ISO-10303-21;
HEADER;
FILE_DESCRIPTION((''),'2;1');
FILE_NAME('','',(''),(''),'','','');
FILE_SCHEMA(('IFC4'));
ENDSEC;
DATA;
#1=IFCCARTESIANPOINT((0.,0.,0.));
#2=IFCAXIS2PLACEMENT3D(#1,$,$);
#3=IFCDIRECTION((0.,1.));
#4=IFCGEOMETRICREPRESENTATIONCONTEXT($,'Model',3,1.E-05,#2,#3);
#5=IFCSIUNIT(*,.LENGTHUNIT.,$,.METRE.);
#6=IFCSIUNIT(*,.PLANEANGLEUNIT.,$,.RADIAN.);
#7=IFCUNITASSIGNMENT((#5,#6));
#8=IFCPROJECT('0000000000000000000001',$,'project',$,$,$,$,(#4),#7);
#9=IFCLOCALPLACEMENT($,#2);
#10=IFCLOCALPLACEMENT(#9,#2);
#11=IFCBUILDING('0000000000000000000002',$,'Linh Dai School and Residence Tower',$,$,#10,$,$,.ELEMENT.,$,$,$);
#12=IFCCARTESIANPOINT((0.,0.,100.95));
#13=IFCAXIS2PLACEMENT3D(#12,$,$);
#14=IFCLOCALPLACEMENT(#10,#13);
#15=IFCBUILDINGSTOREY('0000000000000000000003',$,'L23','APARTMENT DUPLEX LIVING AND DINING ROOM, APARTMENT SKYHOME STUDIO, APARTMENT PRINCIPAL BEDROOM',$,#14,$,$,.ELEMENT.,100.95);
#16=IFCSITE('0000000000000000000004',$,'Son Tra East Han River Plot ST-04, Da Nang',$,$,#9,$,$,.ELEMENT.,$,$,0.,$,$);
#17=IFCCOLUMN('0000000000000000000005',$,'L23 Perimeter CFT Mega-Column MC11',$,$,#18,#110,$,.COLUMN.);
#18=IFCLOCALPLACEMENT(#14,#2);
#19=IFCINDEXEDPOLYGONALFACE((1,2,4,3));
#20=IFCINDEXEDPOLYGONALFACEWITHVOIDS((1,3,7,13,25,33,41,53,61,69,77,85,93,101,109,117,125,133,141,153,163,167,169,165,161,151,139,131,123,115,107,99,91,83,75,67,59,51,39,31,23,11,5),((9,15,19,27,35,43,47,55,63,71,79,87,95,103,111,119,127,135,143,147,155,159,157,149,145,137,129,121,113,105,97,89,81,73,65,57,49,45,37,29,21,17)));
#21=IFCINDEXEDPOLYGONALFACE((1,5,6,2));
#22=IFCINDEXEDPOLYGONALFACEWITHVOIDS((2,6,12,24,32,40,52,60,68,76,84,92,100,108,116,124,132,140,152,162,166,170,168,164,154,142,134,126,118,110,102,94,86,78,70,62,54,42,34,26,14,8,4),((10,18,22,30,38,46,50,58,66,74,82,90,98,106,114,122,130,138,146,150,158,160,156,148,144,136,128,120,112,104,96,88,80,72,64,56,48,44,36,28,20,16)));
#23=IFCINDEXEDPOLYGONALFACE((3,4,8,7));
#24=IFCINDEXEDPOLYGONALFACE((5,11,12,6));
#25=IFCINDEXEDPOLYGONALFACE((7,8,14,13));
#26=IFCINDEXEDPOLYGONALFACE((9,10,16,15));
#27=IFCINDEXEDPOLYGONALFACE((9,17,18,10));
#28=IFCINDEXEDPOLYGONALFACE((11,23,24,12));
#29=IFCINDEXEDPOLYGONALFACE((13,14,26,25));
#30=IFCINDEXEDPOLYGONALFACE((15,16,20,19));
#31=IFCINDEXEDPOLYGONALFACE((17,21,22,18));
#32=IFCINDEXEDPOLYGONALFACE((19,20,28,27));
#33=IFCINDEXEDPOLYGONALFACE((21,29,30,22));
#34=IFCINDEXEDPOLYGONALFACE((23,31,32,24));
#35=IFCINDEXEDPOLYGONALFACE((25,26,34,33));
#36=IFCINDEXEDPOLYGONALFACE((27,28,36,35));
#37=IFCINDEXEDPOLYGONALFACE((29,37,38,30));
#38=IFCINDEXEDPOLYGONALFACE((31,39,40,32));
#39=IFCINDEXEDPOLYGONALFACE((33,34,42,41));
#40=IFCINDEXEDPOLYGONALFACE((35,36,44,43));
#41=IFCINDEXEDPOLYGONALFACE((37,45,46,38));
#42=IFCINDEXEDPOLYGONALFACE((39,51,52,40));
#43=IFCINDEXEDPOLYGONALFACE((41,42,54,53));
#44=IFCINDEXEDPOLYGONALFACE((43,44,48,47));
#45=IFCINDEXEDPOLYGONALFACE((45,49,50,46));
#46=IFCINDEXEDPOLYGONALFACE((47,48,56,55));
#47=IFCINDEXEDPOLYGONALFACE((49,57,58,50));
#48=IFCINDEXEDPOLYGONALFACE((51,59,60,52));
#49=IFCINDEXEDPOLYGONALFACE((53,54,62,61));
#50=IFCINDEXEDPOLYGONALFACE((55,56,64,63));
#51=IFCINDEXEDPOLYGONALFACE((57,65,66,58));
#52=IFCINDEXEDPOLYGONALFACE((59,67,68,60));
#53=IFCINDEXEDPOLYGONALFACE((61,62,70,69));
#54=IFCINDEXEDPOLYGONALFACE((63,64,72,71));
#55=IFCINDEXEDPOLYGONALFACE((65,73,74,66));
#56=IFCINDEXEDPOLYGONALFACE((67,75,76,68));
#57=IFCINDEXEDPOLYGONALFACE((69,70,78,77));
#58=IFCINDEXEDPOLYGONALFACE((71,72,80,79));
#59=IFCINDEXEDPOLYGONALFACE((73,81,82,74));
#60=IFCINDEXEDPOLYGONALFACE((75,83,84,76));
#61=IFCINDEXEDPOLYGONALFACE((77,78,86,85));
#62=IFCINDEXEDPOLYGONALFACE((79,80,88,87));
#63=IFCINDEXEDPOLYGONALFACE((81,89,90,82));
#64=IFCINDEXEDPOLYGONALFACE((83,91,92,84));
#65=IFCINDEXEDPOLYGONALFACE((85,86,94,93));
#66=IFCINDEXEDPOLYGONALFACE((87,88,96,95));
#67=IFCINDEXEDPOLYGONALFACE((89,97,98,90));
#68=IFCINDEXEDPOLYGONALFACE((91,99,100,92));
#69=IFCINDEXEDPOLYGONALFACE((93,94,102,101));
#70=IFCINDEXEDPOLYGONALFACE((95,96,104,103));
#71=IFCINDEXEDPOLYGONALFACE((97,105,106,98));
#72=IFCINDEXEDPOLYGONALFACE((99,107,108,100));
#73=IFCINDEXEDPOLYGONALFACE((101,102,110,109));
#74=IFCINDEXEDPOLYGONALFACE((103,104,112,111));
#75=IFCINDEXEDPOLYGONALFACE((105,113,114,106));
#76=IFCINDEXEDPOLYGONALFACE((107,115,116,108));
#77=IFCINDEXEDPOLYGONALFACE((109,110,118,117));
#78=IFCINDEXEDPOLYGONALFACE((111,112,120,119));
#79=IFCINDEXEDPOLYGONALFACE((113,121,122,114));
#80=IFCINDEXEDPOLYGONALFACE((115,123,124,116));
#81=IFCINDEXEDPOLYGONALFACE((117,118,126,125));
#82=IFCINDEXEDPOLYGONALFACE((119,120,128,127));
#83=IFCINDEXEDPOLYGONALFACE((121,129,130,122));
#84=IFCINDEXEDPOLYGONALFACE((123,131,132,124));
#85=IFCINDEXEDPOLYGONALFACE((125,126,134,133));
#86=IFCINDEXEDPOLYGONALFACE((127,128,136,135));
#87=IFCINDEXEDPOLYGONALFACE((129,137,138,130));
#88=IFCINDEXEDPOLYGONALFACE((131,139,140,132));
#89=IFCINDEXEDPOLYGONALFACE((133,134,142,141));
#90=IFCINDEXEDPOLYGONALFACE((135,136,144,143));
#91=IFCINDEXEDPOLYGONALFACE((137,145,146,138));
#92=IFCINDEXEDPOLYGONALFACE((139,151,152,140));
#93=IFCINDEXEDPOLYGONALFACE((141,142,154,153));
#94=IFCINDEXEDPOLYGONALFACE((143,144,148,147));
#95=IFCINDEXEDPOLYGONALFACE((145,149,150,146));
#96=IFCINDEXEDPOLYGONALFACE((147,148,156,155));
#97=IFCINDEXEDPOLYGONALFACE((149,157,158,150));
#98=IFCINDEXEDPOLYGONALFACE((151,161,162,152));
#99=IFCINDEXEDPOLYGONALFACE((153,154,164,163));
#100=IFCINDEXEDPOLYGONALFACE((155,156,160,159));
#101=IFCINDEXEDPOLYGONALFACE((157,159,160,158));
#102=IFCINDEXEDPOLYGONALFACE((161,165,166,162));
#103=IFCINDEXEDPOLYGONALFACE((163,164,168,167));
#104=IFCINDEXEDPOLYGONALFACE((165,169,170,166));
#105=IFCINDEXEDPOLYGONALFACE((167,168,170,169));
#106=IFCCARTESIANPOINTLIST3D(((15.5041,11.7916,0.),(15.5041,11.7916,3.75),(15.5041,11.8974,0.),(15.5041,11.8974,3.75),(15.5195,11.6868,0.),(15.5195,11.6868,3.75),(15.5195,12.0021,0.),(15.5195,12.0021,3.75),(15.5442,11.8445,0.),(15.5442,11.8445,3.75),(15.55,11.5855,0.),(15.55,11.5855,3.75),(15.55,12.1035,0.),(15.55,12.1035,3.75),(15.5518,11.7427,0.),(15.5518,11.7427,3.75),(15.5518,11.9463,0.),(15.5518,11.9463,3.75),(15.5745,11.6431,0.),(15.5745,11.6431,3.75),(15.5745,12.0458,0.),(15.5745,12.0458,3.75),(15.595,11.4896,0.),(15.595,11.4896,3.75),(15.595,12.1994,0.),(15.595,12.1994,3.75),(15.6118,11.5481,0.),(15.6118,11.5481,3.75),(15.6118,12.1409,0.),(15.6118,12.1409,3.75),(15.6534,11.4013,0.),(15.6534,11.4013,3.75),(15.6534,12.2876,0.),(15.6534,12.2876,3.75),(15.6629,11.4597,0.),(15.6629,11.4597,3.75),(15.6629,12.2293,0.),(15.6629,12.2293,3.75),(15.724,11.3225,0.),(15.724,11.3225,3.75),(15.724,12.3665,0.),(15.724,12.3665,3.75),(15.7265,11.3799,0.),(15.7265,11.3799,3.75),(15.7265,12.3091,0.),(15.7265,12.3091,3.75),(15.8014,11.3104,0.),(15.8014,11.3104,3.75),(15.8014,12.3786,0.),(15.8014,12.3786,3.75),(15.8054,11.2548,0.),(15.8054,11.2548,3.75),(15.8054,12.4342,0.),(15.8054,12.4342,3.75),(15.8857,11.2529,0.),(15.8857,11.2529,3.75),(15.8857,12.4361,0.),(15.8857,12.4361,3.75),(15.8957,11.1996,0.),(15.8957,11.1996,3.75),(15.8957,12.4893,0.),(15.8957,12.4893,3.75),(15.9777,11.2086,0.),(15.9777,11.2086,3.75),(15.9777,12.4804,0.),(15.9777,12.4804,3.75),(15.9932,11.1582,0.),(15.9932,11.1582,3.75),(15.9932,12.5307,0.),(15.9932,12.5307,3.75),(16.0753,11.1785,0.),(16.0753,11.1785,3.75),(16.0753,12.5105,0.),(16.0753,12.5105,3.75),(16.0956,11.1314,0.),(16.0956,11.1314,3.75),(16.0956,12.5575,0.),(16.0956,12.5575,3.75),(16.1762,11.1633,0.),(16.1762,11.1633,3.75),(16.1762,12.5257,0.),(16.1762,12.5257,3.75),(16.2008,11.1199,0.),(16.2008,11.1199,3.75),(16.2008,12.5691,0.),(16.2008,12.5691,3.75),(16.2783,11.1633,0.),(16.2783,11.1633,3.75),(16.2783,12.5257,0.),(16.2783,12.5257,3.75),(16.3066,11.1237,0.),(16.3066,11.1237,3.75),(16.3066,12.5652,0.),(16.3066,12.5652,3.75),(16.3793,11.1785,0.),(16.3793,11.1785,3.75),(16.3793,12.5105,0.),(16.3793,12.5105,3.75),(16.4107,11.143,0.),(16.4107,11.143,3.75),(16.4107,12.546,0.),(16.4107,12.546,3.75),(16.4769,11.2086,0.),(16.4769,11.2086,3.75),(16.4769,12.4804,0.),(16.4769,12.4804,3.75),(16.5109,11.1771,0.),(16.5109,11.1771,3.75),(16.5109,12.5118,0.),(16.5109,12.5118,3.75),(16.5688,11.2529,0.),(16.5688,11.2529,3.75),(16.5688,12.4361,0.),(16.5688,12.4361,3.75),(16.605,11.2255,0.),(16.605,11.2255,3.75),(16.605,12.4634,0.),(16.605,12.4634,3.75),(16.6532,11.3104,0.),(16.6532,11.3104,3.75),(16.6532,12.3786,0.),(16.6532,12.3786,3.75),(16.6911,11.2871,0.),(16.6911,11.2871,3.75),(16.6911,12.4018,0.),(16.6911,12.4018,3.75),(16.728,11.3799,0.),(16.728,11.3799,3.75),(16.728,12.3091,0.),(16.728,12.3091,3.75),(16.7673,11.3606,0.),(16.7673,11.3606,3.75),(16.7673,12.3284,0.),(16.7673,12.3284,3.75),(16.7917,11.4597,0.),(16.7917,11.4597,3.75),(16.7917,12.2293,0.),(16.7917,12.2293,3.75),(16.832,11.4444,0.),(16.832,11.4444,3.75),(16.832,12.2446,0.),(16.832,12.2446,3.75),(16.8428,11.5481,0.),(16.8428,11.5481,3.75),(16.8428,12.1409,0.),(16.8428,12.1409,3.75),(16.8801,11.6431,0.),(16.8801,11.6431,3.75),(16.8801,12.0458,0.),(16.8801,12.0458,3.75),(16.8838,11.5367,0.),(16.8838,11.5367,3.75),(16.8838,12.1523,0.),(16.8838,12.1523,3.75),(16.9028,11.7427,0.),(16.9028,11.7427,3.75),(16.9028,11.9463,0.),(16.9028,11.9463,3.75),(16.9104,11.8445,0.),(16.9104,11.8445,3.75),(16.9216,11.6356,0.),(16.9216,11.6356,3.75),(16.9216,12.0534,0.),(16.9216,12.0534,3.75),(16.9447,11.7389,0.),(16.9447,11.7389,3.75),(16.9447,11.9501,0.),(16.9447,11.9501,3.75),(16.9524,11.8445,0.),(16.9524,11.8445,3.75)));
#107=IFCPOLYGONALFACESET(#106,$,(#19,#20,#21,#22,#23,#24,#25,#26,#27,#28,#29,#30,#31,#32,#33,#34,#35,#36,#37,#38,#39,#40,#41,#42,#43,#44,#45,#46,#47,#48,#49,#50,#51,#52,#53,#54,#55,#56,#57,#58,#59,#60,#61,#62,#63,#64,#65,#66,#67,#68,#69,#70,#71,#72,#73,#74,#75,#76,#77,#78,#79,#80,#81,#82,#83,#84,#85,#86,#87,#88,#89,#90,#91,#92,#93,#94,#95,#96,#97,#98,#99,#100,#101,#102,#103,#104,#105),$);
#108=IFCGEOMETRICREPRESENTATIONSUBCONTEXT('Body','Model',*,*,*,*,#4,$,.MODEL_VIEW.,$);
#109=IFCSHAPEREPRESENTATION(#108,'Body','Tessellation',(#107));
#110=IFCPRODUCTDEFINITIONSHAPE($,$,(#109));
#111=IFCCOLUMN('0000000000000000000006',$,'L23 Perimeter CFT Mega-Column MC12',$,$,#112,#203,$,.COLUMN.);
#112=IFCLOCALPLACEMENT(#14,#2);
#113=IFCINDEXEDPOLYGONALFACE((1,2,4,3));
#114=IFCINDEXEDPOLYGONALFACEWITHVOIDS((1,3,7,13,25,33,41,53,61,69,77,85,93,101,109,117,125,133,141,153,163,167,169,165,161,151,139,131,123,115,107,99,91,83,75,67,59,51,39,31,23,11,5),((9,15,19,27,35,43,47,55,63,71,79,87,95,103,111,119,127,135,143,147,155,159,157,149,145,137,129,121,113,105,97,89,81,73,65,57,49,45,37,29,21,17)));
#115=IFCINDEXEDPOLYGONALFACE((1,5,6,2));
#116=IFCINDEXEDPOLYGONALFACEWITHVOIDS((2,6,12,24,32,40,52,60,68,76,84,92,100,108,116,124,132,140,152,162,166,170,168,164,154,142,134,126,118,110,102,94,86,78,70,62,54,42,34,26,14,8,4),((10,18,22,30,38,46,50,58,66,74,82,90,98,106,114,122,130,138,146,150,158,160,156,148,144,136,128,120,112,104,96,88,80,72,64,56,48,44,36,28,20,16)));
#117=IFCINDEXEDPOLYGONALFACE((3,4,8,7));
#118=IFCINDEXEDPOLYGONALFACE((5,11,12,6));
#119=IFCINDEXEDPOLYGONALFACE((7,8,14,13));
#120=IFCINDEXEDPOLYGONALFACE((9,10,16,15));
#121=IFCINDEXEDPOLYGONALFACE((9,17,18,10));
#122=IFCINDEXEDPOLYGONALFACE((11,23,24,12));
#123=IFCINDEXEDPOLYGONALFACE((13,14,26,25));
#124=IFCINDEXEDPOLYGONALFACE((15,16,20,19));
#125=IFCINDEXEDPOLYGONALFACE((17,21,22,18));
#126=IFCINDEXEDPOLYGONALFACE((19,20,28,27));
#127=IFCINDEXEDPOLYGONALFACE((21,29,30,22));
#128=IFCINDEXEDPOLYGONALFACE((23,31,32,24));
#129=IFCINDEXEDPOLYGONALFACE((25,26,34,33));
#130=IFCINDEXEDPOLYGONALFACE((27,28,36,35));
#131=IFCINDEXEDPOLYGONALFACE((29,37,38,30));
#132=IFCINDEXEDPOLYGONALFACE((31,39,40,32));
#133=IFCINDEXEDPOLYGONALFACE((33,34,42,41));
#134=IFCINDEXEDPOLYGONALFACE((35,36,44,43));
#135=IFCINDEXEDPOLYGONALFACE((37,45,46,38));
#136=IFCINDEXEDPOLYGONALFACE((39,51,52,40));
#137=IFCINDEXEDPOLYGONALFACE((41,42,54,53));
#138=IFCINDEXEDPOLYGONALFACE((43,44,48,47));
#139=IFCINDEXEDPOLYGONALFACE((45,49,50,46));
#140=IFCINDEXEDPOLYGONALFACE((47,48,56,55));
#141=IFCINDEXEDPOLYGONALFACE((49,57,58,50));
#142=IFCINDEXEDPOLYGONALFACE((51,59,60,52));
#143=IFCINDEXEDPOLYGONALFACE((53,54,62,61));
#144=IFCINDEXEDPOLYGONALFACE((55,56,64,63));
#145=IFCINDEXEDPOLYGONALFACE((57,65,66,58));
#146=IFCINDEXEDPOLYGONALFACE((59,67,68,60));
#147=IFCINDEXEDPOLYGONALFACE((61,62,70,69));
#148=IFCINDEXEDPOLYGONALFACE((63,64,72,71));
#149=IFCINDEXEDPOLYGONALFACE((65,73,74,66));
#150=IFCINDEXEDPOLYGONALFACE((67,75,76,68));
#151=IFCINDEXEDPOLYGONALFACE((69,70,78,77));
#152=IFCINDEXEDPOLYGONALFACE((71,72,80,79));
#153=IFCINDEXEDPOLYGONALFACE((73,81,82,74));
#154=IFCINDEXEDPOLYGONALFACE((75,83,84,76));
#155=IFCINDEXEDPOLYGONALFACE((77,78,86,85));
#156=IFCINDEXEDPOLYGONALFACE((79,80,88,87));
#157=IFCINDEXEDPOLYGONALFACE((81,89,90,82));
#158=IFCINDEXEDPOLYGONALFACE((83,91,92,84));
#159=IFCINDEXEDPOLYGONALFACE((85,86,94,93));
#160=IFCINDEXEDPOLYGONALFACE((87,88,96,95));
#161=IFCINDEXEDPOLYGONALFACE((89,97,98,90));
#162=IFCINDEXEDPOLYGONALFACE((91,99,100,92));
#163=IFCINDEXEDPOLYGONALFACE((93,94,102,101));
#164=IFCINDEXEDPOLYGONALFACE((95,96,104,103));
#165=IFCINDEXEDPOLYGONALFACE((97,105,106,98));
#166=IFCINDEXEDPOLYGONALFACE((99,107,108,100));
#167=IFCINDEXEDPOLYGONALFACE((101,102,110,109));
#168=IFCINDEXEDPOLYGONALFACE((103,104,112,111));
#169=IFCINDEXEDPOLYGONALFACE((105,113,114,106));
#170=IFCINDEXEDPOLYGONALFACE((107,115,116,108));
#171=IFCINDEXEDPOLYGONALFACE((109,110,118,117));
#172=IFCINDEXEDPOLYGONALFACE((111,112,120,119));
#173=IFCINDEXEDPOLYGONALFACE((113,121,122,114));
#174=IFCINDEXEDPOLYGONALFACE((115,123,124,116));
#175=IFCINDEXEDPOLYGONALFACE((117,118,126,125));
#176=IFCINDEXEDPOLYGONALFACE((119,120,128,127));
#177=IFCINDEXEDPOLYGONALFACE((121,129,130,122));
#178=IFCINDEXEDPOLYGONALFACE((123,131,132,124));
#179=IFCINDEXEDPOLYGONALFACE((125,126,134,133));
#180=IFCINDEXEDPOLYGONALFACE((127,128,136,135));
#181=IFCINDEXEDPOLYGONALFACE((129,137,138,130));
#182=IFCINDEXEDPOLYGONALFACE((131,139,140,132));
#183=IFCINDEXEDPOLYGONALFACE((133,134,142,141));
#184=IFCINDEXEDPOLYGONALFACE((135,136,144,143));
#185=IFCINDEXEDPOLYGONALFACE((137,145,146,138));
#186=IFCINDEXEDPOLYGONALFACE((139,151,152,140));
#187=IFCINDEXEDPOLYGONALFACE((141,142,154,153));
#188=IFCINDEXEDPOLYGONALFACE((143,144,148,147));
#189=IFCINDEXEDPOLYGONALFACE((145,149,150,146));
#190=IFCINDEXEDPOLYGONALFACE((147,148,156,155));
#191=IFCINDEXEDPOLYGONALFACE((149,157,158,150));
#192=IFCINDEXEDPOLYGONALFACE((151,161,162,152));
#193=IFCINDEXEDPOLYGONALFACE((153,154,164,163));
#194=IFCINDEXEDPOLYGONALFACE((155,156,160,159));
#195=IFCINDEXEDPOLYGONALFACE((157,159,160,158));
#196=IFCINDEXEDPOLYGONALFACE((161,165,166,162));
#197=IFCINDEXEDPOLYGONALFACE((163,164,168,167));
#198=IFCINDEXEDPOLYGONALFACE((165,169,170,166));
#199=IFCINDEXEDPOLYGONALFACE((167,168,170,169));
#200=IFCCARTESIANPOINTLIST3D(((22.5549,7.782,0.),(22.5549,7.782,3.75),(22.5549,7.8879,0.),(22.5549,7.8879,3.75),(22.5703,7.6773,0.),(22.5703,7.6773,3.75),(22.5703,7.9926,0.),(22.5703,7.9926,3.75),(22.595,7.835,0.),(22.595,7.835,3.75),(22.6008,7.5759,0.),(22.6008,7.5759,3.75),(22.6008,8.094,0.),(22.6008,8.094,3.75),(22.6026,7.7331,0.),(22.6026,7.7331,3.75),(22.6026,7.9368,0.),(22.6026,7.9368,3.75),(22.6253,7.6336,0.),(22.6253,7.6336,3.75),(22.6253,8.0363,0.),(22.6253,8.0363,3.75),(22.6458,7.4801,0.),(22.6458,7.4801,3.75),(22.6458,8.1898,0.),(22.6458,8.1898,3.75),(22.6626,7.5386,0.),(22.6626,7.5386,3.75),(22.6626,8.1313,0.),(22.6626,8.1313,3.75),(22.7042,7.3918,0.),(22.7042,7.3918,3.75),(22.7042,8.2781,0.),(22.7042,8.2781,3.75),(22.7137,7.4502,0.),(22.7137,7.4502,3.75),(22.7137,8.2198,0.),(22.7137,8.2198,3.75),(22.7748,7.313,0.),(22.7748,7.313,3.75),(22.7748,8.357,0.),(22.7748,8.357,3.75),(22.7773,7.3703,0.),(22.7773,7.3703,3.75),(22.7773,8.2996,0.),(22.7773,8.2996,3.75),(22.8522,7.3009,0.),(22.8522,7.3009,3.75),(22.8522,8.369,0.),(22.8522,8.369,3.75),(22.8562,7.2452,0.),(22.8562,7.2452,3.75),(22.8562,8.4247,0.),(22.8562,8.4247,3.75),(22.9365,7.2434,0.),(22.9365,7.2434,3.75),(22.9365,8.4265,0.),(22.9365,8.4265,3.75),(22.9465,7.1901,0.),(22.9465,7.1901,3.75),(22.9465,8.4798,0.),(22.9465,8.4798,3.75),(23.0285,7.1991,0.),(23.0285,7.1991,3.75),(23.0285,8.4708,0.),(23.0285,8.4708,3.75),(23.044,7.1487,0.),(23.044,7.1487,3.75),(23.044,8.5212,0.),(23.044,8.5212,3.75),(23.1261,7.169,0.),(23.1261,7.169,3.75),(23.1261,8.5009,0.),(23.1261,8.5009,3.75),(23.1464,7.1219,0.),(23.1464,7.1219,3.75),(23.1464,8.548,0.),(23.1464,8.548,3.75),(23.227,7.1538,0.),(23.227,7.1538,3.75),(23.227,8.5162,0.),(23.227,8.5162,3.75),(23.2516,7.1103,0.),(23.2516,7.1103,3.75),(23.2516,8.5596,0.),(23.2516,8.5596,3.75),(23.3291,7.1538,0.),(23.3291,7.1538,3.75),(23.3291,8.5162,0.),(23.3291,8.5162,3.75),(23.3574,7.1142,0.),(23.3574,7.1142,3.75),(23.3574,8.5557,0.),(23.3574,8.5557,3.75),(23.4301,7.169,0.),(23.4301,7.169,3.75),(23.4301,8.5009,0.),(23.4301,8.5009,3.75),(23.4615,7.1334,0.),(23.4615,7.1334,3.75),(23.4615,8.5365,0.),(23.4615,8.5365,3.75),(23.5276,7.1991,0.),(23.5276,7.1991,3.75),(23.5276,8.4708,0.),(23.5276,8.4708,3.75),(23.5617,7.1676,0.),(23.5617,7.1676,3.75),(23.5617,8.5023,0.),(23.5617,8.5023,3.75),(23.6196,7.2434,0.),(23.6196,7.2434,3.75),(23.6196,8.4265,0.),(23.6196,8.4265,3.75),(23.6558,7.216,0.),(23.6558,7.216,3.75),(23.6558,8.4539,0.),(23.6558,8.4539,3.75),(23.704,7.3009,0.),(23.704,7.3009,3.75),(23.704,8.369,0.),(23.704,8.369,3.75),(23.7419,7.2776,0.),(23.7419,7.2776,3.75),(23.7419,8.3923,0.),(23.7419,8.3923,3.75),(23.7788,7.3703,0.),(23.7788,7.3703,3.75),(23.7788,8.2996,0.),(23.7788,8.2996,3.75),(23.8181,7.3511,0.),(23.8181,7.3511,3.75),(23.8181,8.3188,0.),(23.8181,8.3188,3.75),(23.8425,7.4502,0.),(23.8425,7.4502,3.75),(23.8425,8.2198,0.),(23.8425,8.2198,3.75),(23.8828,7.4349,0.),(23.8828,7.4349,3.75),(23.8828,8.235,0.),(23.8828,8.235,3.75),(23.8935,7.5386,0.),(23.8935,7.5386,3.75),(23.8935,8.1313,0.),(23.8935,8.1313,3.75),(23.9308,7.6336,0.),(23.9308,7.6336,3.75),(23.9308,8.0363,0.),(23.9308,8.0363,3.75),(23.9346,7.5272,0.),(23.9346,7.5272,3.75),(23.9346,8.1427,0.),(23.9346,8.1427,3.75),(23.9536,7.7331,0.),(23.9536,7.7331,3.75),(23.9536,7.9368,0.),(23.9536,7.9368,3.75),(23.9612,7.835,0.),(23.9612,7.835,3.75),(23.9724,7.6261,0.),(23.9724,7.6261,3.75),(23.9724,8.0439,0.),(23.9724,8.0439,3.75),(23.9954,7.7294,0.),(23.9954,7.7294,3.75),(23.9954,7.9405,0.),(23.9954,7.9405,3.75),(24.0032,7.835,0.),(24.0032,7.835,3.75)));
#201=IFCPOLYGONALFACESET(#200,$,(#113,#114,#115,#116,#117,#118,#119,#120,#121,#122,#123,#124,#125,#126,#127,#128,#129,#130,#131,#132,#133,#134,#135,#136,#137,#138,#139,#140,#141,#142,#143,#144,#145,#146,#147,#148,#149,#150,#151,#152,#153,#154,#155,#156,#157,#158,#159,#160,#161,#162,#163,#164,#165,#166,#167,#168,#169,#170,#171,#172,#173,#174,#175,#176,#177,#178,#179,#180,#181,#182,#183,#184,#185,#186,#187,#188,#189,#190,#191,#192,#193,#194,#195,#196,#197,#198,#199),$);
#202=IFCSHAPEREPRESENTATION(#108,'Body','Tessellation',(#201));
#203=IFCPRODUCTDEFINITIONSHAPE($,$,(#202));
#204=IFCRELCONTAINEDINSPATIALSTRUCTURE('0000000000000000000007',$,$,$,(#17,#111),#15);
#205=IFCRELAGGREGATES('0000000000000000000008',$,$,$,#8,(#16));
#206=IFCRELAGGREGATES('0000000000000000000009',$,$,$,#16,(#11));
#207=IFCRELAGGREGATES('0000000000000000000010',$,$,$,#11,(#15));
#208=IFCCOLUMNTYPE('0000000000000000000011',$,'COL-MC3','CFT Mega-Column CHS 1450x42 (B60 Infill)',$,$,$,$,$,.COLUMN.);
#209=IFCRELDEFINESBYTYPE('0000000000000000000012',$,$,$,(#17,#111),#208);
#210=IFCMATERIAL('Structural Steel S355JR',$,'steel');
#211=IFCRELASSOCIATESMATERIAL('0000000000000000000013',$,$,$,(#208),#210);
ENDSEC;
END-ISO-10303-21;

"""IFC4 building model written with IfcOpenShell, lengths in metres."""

from ifc_helpers import new_model, si_unit, direction, frame, origin, origin_2d, place, context, subcontext, project, spatial, hollow_circle, extrude, material, material_profile, profile_set, type_object, element, save


model = new_model("IFC4")

# Units and contexts
model_context = context("Model", 3, precision=1e-05, world=origin(), true_north=direction((0.0, 1.0)))
body_context = subcontext(model_context, "Body", "Model", "MODEL_VIEW")
ifc_project = project(units=[si_unit("LENGTHUNIT", "METRE"), si_unit("PLANEANGLEUNIT", "RADIAN")], contexts=[model_context])

# Site, building, storey
site_placement = place(None, origin())
site = spatial("IfcSite", under=ifc_project, at=site_placement, Name="Son Tra East Han River Plot ST-04, Da Nang", CompositionType="ELEMENT", RefElevation=0.0)
building_placement = place(site_placement, origin())
building = spatial("IfcBuilding", under=site, at=building_placement, Name="Linh Dai School and Residence Tower", CompositionType="ELEMENT")
storey_placement = place(building_placement, frame((0.0, 0.0, 100.95)))
storey = spatial("IfcBuildingStorey", under=building, at=storey_placement, Name="L23", Description="APARTMENT DUPLEX LIVING AND DINING ROOM, APARTMENT SKYHOME STUDIO, APARTMENT PRINCIPAL BEDROOM", CompositionType="ELEMENT", Elevation=100.95)

# Columns
ifc_material_1 = material(Name="Structural Steel S355JR", Category="steel")
ifc_material_profile_1 = material_profile(ifc_material_1, hollow_circle(Radius=0.7251, WallThickness=0.042, at=origin_2d()), Name="CHS 1450x42")
ifc_profile_set_1 = profile_set([ifc_material_profile_1], Name="Structural Steel S355JR")
column_type = type_object("IfcColumnType", Name="COL-MC3", Description="CFT Mega-Column CHS 1450x42 (B60 Infill)", PredefinedType="COLUMN", material=ifc_profile_set_1)
for number, where, z_axis, x_axis, name in (
    (1, (16.2273, 11.8445, 0.0), (0.0, 0.0, 1.0), (1.0, 0.0, 0.0), "L23 Perimeter CFT Mega-Column MC11"),
    (2, (23.2781, 7.835, 0.0), (0.0, 0.0, 1.0), (1.0, 0.0, 0.0), "L23 Perimeter CFT Mega-Column MC12"),
):
    element("IfcColumn", number, at=place(storey_placement, frame(where, z_axis=z_axis, x_axis=x_axis)), inside=storey, type_object=column_type, Name=name, PredefinedType="COLUMN", context=body_context, shape_type="SweptSolid", body=[
        extrude(hollow_circle(Radius=0.7251, WallThickness=0.042, at=origin_2d()), origin(), (0.0, 0.0, 1.0), 3.75),
    ])

save(model, "model.ifc")
